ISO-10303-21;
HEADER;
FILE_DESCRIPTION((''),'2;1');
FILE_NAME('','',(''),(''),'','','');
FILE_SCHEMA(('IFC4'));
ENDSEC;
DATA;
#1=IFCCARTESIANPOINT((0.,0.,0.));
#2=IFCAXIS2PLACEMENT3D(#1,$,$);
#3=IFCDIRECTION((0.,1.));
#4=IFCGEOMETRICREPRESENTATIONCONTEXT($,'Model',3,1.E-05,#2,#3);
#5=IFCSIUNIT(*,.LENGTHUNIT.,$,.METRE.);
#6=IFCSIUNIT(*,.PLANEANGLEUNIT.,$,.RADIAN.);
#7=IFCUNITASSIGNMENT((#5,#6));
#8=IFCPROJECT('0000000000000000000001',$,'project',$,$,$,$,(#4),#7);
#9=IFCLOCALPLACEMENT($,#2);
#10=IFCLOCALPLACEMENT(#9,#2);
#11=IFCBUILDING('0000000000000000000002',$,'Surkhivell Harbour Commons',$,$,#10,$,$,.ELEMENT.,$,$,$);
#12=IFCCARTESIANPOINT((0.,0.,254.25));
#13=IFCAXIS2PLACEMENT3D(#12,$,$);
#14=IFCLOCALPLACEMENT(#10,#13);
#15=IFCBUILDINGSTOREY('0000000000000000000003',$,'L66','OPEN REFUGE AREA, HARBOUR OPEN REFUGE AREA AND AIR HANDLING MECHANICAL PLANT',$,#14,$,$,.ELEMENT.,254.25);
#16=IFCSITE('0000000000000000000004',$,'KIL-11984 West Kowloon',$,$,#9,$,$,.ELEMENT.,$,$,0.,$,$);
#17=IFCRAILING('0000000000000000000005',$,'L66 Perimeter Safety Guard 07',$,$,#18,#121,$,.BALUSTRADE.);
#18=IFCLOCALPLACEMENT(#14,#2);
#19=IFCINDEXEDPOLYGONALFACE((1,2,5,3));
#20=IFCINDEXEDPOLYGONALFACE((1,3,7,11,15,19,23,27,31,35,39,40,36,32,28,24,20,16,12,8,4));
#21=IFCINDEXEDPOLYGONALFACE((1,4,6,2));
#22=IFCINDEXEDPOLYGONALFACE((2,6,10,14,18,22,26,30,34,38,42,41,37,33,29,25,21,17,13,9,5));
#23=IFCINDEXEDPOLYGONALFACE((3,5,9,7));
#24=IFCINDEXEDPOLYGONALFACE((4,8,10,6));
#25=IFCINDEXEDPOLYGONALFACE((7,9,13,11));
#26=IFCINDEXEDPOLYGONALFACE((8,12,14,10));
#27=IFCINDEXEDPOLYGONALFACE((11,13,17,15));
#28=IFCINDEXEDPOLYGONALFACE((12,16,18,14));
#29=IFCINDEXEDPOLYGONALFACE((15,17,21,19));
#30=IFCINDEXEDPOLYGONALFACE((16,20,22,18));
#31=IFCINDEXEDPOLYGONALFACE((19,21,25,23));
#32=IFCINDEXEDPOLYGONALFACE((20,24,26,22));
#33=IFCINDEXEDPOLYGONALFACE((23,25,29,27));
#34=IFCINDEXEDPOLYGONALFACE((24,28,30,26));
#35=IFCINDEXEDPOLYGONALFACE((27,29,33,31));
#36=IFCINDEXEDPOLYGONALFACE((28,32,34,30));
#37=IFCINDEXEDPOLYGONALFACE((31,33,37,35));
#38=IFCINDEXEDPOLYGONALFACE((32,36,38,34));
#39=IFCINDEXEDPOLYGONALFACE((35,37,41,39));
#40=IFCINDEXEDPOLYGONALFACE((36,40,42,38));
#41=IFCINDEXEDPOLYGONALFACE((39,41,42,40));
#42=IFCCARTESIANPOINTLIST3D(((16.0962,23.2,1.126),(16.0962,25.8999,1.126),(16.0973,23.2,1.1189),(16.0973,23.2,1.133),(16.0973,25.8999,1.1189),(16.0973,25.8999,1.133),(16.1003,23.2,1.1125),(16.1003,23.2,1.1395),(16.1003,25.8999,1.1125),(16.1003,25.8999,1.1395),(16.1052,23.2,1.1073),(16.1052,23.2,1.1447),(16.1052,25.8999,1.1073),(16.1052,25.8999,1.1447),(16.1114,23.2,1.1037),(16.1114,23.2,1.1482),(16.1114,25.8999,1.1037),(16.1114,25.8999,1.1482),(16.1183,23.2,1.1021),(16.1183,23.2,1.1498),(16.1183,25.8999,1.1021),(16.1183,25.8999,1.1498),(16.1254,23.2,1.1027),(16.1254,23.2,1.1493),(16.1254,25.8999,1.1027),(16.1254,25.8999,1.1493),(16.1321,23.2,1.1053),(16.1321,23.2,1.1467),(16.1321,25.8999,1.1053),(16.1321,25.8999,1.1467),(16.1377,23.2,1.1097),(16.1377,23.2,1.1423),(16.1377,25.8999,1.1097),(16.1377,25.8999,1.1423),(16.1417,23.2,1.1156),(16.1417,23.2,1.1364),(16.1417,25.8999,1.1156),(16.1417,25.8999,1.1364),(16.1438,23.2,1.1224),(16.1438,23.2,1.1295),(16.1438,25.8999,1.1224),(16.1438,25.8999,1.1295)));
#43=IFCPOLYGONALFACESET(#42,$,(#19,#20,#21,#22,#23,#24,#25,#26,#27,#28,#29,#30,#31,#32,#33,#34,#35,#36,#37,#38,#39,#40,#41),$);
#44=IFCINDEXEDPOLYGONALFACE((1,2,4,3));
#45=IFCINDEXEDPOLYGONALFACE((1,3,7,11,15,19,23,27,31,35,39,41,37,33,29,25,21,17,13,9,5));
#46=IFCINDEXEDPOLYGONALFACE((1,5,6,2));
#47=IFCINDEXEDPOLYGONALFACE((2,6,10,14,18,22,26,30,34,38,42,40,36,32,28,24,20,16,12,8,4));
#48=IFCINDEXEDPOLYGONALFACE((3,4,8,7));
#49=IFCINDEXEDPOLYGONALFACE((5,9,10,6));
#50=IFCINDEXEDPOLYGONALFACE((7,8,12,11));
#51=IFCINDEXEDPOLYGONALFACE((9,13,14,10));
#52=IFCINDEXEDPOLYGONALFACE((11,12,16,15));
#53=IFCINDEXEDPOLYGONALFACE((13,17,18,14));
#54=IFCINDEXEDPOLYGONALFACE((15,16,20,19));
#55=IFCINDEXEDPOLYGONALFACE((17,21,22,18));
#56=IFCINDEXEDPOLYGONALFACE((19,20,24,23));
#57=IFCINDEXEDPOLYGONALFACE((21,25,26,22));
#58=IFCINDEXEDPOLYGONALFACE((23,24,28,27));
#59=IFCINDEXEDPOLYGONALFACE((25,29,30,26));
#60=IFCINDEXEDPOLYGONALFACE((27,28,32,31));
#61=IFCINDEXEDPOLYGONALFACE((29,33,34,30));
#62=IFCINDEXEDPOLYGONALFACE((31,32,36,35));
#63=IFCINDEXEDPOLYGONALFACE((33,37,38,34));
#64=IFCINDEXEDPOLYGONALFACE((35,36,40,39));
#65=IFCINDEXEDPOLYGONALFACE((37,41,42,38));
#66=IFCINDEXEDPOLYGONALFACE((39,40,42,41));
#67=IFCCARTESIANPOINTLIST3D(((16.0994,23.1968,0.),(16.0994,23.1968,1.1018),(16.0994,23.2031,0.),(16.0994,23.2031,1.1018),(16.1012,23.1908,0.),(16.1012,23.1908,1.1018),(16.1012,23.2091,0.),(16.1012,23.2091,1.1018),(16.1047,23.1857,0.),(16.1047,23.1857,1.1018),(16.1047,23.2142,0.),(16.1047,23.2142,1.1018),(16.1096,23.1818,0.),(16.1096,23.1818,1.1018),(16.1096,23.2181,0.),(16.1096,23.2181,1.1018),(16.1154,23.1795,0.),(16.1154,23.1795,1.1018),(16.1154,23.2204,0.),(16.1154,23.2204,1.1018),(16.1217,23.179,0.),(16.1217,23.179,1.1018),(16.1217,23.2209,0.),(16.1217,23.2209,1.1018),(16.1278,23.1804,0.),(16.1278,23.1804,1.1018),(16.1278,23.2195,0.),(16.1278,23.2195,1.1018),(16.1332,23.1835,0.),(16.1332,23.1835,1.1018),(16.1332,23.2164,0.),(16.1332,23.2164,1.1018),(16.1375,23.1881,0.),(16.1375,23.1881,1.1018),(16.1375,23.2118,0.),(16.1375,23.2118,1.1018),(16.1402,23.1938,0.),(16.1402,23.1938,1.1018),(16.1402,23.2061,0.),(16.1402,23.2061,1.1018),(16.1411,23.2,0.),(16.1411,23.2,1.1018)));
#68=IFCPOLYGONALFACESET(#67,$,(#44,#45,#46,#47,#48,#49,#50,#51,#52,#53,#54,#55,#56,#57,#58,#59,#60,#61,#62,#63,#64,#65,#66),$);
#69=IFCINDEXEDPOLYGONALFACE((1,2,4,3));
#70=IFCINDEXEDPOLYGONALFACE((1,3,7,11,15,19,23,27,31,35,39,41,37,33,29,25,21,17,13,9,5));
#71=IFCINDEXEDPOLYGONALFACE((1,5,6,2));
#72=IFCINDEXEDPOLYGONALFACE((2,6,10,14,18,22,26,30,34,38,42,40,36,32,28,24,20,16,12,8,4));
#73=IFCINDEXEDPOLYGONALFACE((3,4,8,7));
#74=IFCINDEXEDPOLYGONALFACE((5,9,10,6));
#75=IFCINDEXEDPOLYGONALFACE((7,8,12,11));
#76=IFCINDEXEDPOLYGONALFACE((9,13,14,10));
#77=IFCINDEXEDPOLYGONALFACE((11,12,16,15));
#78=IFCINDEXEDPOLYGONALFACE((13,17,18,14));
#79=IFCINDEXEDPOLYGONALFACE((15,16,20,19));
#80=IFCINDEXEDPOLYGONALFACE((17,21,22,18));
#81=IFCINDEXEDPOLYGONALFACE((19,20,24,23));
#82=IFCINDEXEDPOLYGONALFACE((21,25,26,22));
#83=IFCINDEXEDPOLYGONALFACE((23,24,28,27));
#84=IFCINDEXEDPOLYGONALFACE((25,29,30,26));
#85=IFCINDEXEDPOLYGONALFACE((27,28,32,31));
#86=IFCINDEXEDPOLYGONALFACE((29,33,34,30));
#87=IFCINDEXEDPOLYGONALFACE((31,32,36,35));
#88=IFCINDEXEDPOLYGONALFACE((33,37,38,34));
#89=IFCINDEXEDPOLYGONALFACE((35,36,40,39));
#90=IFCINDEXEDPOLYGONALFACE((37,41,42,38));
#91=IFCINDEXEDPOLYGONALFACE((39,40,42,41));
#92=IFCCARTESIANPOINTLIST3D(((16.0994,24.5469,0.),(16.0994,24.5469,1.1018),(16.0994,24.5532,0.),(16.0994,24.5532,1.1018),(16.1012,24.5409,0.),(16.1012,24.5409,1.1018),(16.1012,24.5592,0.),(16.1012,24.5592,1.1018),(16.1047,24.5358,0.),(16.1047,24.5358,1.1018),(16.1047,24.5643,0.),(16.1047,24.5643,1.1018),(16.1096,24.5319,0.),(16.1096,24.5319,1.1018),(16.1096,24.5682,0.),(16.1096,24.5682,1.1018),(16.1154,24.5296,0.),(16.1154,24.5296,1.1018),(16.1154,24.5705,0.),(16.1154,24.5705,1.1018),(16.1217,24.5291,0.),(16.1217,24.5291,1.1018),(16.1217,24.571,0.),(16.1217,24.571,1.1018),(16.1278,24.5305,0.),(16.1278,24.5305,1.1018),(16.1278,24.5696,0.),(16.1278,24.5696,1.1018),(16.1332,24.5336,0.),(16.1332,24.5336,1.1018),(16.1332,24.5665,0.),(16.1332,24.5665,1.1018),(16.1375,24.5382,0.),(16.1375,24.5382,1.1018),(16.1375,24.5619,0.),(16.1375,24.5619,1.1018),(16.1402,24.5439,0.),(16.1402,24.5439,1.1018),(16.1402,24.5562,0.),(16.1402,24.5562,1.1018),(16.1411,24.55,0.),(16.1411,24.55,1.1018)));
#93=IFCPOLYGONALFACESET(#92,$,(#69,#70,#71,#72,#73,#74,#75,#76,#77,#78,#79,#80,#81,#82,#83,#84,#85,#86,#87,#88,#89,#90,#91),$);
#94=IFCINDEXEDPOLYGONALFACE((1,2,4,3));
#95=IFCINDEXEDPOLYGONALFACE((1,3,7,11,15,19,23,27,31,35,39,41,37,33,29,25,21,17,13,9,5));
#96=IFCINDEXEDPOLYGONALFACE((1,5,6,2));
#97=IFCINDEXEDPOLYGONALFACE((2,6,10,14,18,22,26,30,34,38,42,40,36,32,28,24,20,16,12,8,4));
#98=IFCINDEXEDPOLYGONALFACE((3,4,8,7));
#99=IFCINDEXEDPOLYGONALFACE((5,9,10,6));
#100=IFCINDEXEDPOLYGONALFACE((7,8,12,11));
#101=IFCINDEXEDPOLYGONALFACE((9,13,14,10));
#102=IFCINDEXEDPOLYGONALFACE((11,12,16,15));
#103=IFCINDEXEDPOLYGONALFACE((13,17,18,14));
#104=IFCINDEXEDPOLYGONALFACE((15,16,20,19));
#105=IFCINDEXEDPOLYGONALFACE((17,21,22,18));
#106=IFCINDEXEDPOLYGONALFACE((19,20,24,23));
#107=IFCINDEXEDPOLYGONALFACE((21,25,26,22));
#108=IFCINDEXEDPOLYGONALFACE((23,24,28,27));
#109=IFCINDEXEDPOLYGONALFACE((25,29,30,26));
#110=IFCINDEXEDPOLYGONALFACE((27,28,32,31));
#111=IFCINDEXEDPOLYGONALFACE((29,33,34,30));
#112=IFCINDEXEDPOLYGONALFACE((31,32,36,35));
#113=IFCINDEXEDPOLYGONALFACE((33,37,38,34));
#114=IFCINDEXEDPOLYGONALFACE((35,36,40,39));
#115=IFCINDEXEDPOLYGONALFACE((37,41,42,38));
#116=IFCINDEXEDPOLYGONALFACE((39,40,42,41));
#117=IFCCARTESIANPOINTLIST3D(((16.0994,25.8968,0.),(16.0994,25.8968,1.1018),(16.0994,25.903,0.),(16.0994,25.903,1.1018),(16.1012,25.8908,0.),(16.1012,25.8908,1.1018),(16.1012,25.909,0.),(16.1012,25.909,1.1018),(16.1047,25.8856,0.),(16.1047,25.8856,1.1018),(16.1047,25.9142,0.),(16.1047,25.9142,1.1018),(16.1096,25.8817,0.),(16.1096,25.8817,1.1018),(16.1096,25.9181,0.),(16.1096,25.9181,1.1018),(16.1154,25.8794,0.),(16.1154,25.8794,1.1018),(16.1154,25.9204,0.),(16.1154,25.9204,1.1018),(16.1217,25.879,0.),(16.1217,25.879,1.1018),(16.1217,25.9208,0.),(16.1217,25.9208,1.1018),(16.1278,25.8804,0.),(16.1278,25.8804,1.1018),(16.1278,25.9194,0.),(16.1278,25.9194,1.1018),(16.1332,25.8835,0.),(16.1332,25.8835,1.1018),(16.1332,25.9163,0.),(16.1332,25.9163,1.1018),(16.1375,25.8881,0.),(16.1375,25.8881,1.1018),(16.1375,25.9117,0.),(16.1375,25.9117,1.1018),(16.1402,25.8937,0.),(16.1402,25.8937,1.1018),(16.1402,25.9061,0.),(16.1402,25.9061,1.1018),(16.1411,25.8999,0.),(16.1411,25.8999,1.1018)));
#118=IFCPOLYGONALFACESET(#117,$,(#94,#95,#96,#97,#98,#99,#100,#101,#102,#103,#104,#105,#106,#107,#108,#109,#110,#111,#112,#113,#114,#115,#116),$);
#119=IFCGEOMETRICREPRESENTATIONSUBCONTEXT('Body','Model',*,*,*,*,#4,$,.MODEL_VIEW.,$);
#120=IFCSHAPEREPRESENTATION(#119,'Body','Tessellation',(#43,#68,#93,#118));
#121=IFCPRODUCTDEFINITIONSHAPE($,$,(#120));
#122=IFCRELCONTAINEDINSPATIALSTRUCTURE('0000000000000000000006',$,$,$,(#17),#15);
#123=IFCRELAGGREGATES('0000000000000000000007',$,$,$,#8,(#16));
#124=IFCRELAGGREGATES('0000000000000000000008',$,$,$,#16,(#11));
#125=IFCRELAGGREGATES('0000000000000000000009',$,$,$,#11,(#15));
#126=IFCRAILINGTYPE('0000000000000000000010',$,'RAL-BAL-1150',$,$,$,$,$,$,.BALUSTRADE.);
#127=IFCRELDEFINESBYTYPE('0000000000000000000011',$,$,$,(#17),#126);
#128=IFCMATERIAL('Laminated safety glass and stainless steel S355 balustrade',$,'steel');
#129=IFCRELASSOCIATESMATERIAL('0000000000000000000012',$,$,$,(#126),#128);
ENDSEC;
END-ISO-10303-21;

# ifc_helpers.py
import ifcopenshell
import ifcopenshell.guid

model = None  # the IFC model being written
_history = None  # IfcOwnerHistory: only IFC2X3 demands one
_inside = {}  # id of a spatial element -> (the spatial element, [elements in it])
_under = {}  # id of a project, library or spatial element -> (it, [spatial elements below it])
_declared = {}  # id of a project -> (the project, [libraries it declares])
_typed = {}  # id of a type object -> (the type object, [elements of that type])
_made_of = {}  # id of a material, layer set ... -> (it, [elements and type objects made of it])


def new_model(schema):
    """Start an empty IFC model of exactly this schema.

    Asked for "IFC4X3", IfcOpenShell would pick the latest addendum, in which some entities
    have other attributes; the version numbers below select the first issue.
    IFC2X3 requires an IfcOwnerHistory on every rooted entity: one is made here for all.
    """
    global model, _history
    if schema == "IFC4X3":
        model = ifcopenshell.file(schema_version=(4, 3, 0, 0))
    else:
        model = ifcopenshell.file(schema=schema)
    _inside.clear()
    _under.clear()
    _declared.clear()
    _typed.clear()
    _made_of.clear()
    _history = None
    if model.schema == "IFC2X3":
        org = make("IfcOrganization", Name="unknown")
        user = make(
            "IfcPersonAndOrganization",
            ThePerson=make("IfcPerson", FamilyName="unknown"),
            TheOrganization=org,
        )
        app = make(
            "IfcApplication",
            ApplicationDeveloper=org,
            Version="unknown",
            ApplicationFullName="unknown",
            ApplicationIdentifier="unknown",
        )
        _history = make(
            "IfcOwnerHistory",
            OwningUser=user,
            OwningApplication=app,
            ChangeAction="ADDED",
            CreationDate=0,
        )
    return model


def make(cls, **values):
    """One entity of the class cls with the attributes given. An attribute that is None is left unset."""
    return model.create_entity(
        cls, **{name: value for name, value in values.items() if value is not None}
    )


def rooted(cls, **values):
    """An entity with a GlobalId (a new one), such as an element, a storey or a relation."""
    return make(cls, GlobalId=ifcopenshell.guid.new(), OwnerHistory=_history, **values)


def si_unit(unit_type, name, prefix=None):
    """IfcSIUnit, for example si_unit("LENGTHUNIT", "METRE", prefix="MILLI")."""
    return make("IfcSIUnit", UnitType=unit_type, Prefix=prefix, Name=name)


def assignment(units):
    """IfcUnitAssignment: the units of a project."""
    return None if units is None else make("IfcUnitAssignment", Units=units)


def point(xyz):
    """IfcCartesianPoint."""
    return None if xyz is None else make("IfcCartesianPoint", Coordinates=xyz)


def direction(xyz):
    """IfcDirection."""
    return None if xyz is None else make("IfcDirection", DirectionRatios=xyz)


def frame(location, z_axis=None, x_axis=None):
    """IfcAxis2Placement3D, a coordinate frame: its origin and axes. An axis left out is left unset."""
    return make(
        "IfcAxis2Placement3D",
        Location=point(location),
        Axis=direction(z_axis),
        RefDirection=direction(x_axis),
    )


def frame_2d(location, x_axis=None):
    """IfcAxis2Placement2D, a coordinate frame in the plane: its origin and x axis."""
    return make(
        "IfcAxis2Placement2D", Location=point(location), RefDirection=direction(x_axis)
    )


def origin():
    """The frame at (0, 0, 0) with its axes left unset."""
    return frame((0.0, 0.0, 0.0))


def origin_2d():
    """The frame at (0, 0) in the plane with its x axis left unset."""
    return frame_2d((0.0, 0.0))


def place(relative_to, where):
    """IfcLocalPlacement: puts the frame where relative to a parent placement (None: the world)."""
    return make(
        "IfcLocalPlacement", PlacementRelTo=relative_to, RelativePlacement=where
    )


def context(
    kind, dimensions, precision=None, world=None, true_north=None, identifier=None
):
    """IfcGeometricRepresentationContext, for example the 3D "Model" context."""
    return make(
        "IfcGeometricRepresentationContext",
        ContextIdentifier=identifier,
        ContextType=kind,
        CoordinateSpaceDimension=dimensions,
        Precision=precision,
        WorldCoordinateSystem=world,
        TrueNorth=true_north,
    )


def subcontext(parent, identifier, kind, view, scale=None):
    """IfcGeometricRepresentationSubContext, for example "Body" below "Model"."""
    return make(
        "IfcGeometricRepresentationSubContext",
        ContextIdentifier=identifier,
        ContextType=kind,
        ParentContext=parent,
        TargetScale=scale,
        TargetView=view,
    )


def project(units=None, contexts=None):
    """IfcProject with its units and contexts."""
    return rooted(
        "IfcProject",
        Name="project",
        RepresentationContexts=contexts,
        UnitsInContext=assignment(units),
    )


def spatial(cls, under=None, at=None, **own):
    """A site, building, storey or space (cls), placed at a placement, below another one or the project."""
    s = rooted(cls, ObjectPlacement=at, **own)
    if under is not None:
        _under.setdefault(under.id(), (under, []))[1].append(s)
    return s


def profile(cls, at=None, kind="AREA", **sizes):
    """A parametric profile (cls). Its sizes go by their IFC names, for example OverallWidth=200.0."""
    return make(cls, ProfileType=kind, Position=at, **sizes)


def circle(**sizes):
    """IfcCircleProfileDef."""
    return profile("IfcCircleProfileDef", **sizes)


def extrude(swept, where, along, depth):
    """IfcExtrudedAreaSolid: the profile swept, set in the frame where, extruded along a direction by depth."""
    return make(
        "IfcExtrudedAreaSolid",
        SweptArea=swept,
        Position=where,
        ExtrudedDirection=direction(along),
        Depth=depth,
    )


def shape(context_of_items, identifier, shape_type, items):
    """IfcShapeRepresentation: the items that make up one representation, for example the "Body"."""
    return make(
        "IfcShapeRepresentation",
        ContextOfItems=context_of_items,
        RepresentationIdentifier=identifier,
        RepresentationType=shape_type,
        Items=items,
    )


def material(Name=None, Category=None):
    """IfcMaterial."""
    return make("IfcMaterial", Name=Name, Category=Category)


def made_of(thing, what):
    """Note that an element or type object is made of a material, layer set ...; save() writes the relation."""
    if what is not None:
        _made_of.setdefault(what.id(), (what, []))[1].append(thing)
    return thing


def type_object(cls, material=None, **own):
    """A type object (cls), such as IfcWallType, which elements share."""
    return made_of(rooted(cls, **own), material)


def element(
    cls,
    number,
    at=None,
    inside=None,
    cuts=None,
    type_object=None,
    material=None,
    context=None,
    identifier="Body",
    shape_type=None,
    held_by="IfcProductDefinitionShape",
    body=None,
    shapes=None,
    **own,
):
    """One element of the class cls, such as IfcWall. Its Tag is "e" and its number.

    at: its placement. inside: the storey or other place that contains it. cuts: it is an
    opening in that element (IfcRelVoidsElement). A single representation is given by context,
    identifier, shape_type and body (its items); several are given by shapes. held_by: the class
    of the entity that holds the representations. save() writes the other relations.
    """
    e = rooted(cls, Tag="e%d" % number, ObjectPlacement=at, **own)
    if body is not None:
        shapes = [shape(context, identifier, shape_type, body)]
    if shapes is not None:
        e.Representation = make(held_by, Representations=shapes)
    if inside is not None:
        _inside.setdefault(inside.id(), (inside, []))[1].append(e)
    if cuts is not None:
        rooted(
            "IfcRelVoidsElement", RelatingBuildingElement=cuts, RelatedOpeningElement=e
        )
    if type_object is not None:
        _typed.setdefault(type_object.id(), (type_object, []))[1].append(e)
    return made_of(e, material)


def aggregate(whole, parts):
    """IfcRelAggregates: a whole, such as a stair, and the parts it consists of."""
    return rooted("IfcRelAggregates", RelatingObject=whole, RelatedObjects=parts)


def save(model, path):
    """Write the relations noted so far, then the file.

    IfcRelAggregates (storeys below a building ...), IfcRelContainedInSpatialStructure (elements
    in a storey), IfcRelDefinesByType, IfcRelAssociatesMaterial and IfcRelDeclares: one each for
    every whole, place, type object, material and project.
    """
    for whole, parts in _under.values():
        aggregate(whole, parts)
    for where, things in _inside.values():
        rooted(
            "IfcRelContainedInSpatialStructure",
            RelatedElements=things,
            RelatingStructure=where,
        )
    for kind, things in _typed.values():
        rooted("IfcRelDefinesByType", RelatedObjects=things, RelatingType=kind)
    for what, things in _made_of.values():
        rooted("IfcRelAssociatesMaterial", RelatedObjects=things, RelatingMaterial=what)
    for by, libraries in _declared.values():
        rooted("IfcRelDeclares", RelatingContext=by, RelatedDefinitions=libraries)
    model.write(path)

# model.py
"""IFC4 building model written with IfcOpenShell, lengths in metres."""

from ifc_helpers import new_model, si_unit, direction, frame, origin, origin_2d, place, context, subcontext, project, spatial, circle, extrude, material, type_object, element, save


model = new_model("IFC4")

# Units and contexts
model_context = context("Model", 3, precision=1e-05, world=origin(), true_north=direction((0.0, 1.0)))
body_context = subcontext(model_context, "Body", "Model", "MODEL_VIEW")
ifc_project = project(units=[si_unit("LENGTHUNIT", "METRE"), si_unit("PLANEANGLEUNIT", "RADIAN")], contexts=[model_context])

# Site, building, storey
site_placement = place(None, origin())
site = spatial("IfcSite", under=ifc_project, at=site_placement, Name="KIL-11984 West Kowloon", CompositionType="ELEMENT", RefElevation=0.0)
building_placement = place(site_placement, origin())
building = spatial("IfcBuilding", under=site, at=building_placement, Name="Surkhivell Harbour Commons", CompositionType="ELEMENT")
storey_placement = place(building_placement, frame((0.0, 0.0, 254.25)))
storey = spatial("IfcBuildingStorey", under=building, at=storey_placement, Name="L66", Description="OPEN REFUGE AREA, HARBOUR OPEN REFUGE AREA AND AIR HANDLING MECHANICAL PLANT", CompositionType="ELEMENT", Elevation=254.25)

# Railing
ifc_material_1 = material(Name="Laminated safety glass and stainless steel S355 balustrade", Category="steel")
railing_type = type_object("IfcRailingType", Name="RAL-BAL-1150", PredefinedType="BALUSTRADE", material=ifc_material_1)
railing_1_placement = place(storey_placement, frame((16.1201, 23.2, 0.0)))
element("IfcRailing", 1, at=railing_1_placement, inside=storey, type_object=railing_type, Name="L66 Perimeter Safety Guard 07", PredefinedType="BALUSTRADE", context=body_context, shape_type="SweptSolid", body=[
    extrude(circle(Radius=0.0239, at=origin_2d()), frame((0.0, 0.0, 1.126), z_axis=(0.0, 1.0, 0.0), x_axis=(-1.0, 0.0, 0.0)), (0.0, 0.0, 1.0), 2.7),
    extrude(circle(Radius=0.021, at=origin_2d()), origin(), (0.0, 0.0, 1.0), 1.1018),
    extrude(circle(Radius=0.021, at=origin_2d()), frame((0.0, 1.3501, 0.0)), (0.0, 0.0, 1.0), 1.1018),
    extrude(circle(Radius=0.021, at=origin_2d()), frame((0.0, 2.7, 0.0)), (0.0, 0.0, 1.0), 1.1018),
])

save(model, "model.ifc")
